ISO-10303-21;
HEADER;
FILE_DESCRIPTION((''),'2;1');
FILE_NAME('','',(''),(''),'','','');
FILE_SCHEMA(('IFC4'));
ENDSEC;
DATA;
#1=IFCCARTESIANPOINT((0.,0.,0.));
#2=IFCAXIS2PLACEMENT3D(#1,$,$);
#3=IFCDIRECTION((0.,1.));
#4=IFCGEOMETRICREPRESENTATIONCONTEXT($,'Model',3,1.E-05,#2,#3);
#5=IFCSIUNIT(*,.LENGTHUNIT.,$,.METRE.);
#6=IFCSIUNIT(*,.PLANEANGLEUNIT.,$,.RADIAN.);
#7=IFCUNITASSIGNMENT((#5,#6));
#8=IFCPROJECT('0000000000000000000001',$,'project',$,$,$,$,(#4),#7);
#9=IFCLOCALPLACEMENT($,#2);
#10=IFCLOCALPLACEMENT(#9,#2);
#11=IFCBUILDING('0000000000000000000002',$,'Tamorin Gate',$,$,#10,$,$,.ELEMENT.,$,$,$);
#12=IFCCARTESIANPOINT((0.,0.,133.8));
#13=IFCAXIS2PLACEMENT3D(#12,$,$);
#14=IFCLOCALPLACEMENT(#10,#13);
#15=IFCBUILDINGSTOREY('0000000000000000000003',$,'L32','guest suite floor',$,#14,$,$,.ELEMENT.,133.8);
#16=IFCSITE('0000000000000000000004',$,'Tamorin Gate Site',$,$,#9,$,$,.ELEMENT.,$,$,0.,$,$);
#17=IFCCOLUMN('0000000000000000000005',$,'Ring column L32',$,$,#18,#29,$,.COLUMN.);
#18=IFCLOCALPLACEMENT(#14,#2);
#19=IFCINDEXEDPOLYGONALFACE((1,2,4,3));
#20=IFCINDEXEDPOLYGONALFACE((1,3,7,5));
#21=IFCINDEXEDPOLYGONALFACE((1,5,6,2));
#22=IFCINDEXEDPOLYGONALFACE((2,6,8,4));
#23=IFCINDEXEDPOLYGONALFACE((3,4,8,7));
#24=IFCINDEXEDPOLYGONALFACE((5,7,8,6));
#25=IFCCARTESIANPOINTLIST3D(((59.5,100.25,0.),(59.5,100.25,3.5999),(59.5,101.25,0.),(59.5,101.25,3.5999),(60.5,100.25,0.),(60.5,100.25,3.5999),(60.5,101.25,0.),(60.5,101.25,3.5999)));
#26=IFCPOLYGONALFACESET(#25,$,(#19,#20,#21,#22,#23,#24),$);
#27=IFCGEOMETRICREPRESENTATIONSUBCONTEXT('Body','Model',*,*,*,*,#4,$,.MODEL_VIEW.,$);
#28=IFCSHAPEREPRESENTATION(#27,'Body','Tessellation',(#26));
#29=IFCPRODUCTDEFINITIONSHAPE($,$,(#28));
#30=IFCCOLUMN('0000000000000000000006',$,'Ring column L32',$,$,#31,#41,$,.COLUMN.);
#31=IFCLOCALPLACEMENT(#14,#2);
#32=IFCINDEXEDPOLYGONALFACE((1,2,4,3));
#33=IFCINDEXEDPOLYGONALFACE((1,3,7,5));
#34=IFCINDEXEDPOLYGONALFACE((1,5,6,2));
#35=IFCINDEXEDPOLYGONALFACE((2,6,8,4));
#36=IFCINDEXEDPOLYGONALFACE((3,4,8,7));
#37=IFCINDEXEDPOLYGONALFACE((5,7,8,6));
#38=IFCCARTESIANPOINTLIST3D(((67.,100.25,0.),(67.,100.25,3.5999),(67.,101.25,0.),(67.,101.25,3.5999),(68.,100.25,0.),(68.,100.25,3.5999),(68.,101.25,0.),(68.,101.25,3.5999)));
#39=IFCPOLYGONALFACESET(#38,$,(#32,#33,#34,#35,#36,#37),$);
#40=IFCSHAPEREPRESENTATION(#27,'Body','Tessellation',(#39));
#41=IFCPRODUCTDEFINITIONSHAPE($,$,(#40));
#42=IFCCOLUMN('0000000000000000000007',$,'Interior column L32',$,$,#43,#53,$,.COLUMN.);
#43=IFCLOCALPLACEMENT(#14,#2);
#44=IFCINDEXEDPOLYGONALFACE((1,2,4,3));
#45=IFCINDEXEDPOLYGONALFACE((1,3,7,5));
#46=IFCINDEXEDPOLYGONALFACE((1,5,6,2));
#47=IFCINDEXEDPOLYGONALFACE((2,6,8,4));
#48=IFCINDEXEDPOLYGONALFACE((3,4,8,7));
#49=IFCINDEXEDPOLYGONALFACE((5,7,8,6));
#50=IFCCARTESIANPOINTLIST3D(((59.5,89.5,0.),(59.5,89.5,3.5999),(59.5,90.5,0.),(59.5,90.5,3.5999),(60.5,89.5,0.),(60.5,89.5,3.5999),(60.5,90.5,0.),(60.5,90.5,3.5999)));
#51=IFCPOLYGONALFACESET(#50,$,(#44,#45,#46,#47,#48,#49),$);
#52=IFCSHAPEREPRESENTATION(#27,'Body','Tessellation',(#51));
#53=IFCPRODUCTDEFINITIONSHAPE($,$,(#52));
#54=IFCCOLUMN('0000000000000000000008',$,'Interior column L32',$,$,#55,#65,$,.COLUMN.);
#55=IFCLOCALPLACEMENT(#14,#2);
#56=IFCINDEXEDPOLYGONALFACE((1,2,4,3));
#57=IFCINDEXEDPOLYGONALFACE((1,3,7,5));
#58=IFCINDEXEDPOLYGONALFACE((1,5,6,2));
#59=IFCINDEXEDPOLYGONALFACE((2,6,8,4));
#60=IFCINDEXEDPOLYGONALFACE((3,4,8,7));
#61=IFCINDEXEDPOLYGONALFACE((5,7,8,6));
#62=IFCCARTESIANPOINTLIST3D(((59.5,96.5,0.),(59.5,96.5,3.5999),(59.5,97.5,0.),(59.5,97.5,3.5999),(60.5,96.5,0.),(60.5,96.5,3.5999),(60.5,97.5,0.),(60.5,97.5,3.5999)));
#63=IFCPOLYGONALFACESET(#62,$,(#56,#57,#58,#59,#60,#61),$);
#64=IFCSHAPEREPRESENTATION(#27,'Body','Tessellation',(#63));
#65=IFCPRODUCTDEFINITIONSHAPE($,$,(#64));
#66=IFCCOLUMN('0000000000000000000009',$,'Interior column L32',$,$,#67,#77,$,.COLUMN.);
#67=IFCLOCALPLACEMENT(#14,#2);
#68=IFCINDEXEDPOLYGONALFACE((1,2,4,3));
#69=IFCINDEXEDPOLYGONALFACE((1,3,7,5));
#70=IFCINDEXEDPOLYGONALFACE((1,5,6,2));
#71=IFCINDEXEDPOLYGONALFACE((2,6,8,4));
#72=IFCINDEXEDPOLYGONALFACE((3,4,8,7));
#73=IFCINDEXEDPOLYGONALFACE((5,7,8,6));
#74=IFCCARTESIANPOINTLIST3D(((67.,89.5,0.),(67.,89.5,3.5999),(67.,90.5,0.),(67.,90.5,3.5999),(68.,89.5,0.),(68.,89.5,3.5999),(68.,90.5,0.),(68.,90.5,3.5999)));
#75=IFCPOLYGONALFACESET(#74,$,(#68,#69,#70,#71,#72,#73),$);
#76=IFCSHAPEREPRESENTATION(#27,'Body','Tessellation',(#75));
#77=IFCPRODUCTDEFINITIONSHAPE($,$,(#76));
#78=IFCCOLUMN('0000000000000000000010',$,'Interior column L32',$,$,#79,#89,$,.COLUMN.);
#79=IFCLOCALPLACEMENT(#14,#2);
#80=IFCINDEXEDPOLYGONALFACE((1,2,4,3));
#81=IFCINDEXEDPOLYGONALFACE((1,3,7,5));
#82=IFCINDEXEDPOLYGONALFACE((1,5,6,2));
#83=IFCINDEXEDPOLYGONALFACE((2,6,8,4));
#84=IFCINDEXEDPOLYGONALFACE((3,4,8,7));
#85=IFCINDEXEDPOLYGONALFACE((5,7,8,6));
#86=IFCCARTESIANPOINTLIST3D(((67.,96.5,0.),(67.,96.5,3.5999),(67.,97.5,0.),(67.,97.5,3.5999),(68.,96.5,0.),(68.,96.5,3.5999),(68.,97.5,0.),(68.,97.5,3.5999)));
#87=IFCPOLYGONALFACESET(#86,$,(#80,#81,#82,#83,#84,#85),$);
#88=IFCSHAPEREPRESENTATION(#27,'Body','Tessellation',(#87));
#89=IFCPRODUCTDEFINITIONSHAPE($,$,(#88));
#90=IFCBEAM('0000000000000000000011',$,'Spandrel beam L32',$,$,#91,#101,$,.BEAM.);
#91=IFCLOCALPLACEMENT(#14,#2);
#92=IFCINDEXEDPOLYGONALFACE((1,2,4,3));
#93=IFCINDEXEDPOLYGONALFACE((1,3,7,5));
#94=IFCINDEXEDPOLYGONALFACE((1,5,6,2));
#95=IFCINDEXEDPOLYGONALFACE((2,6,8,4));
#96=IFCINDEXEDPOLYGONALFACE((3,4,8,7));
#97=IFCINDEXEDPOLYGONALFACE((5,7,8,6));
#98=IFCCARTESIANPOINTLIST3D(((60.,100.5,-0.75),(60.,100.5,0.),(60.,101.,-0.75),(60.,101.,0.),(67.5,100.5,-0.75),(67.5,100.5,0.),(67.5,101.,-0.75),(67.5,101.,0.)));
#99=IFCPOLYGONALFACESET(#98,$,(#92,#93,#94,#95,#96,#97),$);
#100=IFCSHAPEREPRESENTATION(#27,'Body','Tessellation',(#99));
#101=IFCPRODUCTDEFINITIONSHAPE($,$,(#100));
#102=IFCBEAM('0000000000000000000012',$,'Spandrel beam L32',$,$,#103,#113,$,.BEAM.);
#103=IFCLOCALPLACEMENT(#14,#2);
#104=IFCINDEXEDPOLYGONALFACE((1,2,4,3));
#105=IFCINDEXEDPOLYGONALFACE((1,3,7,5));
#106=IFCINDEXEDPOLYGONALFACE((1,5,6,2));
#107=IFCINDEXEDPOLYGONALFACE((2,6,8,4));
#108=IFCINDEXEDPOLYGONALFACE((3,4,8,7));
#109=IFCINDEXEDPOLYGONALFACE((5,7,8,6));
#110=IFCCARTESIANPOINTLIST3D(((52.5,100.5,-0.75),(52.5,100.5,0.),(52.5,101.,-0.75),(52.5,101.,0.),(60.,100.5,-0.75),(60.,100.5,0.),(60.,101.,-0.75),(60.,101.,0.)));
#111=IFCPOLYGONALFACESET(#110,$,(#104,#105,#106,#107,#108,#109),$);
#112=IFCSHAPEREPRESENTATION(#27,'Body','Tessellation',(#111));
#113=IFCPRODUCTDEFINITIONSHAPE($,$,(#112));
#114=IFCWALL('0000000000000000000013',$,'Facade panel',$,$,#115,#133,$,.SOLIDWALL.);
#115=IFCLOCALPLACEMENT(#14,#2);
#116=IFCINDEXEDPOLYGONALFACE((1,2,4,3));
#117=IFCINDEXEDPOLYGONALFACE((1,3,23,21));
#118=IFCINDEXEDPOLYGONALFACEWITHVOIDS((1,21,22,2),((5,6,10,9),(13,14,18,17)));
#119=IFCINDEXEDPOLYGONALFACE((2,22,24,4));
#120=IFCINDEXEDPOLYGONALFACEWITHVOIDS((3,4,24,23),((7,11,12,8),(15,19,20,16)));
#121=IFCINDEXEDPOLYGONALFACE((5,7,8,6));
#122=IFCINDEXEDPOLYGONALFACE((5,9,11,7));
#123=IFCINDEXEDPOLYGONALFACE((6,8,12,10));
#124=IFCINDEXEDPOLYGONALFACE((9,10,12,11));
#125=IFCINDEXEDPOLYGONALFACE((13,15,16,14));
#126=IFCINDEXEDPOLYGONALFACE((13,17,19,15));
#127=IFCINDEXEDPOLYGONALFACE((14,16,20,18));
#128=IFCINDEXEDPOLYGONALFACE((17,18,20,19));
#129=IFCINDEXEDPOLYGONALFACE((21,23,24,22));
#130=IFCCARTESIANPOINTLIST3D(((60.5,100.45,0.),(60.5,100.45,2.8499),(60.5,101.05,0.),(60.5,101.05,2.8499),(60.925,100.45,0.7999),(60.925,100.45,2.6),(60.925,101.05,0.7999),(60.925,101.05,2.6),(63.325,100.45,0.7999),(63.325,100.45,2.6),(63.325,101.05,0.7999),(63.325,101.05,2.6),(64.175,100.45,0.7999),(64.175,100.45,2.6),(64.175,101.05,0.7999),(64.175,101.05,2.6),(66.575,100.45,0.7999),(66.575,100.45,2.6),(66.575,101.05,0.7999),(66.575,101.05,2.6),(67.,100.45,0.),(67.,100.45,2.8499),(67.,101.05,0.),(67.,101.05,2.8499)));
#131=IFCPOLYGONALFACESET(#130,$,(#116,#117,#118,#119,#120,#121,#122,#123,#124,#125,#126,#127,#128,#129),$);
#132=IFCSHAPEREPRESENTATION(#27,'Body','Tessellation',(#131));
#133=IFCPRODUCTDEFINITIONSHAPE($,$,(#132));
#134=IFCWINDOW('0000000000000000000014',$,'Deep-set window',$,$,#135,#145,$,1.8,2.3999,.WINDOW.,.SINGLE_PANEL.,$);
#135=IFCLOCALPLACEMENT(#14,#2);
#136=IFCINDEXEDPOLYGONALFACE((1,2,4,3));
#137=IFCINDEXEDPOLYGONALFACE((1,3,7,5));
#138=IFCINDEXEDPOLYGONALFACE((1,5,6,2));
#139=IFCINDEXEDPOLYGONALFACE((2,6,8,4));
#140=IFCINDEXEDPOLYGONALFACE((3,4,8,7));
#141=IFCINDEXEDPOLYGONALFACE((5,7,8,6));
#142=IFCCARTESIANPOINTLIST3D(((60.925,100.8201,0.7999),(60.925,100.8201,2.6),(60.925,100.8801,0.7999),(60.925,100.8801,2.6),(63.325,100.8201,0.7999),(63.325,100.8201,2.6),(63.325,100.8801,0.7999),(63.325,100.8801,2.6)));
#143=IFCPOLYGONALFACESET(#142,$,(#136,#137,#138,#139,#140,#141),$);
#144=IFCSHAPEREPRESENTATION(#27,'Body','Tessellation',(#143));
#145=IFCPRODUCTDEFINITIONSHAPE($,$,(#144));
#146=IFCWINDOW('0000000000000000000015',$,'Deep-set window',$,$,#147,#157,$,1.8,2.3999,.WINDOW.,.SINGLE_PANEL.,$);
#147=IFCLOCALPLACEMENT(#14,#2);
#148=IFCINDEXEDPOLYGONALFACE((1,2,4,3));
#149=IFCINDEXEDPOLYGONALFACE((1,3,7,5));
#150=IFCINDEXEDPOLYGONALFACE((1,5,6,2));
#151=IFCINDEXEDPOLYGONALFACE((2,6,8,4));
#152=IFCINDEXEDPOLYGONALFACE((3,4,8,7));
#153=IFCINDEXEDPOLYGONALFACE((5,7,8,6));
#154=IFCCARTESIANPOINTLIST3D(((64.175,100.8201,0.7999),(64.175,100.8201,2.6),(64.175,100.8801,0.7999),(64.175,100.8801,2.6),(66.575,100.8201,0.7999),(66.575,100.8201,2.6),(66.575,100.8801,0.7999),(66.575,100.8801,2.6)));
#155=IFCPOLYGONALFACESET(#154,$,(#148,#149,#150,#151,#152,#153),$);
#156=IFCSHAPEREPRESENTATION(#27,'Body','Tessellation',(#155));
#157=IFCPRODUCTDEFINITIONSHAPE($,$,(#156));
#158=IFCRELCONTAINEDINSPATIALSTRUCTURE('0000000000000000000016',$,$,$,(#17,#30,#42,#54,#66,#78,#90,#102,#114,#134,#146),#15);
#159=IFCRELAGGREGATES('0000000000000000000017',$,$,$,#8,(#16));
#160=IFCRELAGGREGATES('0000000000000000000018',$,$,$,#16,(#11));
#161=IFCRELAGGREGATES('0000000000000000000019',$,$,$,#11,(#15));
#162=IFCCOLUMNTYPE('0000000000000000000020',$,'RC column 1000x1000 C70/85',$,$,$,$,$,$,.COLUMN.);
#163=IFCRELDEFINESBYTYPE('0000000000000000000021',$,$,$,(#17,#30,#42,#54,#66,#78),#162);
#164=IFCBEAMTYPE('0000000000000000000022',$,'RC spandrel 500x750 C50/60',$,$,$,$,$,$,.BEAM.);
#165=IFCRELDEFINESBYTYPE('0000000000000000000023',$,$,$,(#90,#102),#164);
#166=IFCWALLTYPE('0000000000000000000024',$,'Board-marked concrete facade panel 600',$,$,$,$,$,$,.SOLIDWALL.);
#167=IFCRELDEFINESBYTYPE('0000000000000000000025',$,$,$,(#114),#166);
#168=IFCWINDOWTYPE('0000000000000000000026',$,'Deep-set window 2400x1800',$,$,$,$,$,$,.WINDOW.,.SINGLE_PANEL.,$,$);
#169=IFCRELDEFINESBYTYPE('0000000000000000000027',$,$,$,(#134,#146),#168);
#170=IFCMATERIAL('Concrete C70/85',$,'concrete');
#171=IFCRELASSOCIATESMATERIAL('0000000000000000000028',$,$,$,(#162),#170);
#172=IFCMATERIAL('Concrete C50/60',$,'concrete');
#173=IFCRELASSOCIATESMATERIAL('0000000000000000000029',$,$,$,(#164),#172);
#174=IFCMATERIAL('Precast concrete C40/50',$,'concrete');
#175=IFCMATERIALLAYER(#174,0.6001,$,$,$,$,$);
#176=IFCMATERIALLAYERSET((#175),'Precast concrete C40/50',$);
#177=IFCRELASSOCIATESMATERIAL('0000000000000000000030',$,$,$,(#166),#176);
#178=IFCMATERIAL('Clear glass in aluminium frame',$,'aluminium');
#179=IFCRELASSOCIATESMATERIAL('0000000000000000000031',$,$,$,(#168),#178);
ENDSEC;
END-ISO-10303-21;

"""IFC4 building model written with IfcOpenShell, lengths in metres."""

from ifc_helpers import new_model, si_unit, direction, frame, frame_2d, origin, origin_2d, place, context, subcontext, project, spatial, rectangle, extrude, material, layer, layer_set, material_profile, profile_set, type_object, element, fill, save


model = new_model("IFC4")

# Units and contexts
model_context = context("Model", 3, precision=1e-05, world=origin(), true_north=direction((0.0, 1.0)))
body_context = subcontext(model_context, "Body", "Model", "MODEL_VIEW")
ifc_project = project(units=[si_unit("LENGTHUNIT", "METRE"), si_unit("PLANEANGLEUNIT", "RADIAN")], contexts=[model_context])

# Site, building, storey
site_placement = place(None, origin())
site = spatial("IfcSite", under=ifc_project, at=site_placement, Name="Tamorin Gate Site", CompositionType="ELEMENT", RefElevation=0.0)
building_placement = place(site_placement, origin())
building = spatial("IfcBuilding", under=site, at=building_placement, Name="Tamorin Gate", CompositionType="ELEMENT")
storey_placement = place(building_placement, frame((0.0, 0.0, 133.8)))
storey = spatial("IfcBuildingStorey", under=building, at=storey_placement, Name="L32", Description="guest suite floor", CompositionType="ELEMENT", Elevation=133.8)

# Columns
ifc_material_1 = material(Name="Concrete C70/85", Category="concrete")
ifc_material_profile_1 = material_profile(ifc_material_1, rectangle(XDim=1.0, YDim=1.0, at=origin_2d()), Name="RC 1000x1000")
ifc_profile_set_1 = profile_set([ifc_material_profile_1], Name="Concrete C70/85")
column_type = type_object("IfcColumnType", Name="RC column 1000x1000 C70/85", PredefinedType="COLUMN", material=ifc_profile_set_1)
for number, where, z_axis, x_axis, name in (
    (1, (60.0, 100.75, 0.0), (0.0, 0.0, 1.0), (1.0, 0.0, 0.0), "Ring column L32"),
    (2, (67.5, 100.75, 0.0), (0.0, 0.0, 1.0), (1.0, 0.0, 0.0), "Ring column L32"),
    (3, (60.0, 90.0, 0.0), (0.0, 0.0, 1.0), (1.0, 0.0, 0.0), "Interior column L32"),
    (4, (60.0, 97.0, 0.0), (0.0, 0.0, 1.0), (1.0, 0.0, 0.0), "Interior column L32"),
    (5, (67.5, 90.0, 0.0), (0.0, 0.0, 1.0), (1.0, 0.0, 0.0), "Interior column L32"),
    (6, (67.5, 97.0, 0.0), (0.0, 0.0, 1.0), (1.0, 0.0, 0.0), "Interior column L32"),
):
    element("IfcColumn", number, at=place(storey_placement, frame(where, z_axis=z_axis, x_axis=x_axis)), inside=storey, type_object=column_type, Name=name, PredefinedType="COLUMN", context=body_context, shape_type="SweptSolid", body=[
        extrude(rectangle(XDim=1.0, YDim=1.0, at=origin_2d()), origin(), (0.0, 0.0, 1.0), 3.5999),
    ])

# Beams
ifc_material_2 = material(Name="Concrete C50/60", Category="concrete")
ifc_material_profile_2 = material_profile(ifc_material_2, rectangle(XDim=0.5, YDim=0.75, at=origin_2d()), Name="RC 500x750")
ifc_profile_set_2 = profile_set([ifc_material_profile_2], Name="Concrete C50/60")
beam_type = type_object("IfcBeamType", Name="RC spandrel 500x750 C50/60", PredefinedType="BEAM", material=ifc_profile_set_2)
for number, where, z_axis, x_axis, name in (
    (7, (67.5, 100.75, -0.375), (-1.0, 0.0, 0.0), (0.0, -1.0, 0.0), "Spandrel beam L32"),
    (8, (60.0, 100.75, -0.375), (-1.0, 0.0, 0.0), (0.0, -1.0, 0.0), "Spandrel beam L32"),
):
    element("IfcBeam", number, at=place(storey_placement, frame(where, z_axis=z_axis, x_axis=x_axis)), inside=storey, type_object=beam_type, Name=name, PredefinedType="BEAM", context=body_context, shape_type="SweptSolid", body=[
        extrude(rectangle(XDim=0.5, YDim=0.75, at=origin_2d()), origin(), (0.0, 0.0, 1.0), 7.5),
    ])

# Wall, openings, windows
ifc_material_3 = material(Name="Precast concrete C40/50", Category="concrete")
ifc_layer_1 = layer(ifc_material_3, 0.6001)
ifc_layer_set_1 = layer_set([ifc_layer_1], Name="Precast concrete C40/50")
wall_type_1 = type_object("IfcWallType", Name="Board-marked concrete facade panel 600", PredefinedType="SOLIDWALL", material=ifc_layer_set_1)
wall_1_placement = place(storey_placement, frame((67.0, 100.75, 0.0), z_axis=(0.0, 0.0, 1.0), x_axis=(-1.0, 0.0, 0.0)))
wall_1 = element("IfcWall", 9, at=wall_1_placement, inside=storey, type_object=wall_type_1, Name="Facade panel", PredefinedType="SOLIDWALL", context=body_context, shape_type="SweptSolid", body=[
    extrude(rectangle(XDim=6.5, YDim=0.6001, at=frame_2d((3.25, 0.0))), origin(), (0.0, 0.0, 1.0), 2.8499),
])
opening_1_placement = place(wall_1_placement, frame((3.675, 0.0, 0.8)))
opening_1 = element("IfcOpeningElement", 10, at=opening_1_placement, cuts=wall_1, PredefinedType="OPENING", context=body_context, shape_type="SweptSolid", body=[
    extrude(rectangle(XDim=2.3999, YDim=1.8, at=frame_2d((1.2, 0.8999))), frame((0.0, 0.3101, 0.0), z_axis=(0.0, -1.0, 0.0), x_axis=(1.0, 0.0, 0.0)), (0.0, 0.0, 1.0), 0.6201),
])
opening_2_placement = place(wall_1_placement, frame((0.425, 0.0, 0.8)))
opening_2 = element("IfcOpeningElement", 11, at=opening_2_placement, cuts=wall_1, PredefinedType="OPENING", context=body_context, shape_type="SweptSolid", body=[
    extrude(rectangle(XDim=2.3999, YDim=1.8, at=frame_2d((1.2, 0.8999))), frame((0.0, 0.3101, 0.0), z_axis=(0.0, -1.0, 0.0), x_axis=(1.0, 0.0, 0.0)), (0.0, 0.0, 1.0), 0.6201),
])
ifc_material_4 = material(Name="Clear glass in aluminium frame", Category="aluminium")
window_type = type_object("IfcWindowType", Name="Deep-set window 2400x1800", PartitioningType="SINGLE_PANEL", PredefinedType="WINDOW", material=ifc_material_4)
window_1_placement = place(opening_1_placement, origin())
window_1 = element("IfcWindow", 12, at=window_1_placement, inside=storey, type_object=window_type, Name="Deep-set window", OverallHeight=1.8, OverallWidth=2.3999, PartitioningType="SINGLE_PANEL", PredefinedType="WINDOW", context=body_context, shape_type="SweptSolid", body=[
    extrude(rectangle(XDim=2.3999, YDim=1.8, at=frame_2d((1.2, 0.8999))), frame((0.0, -0.0701, 0.0), z_axis=(0.0, -1.0, 0.0), x_axis=(1.0, 0.0, 0.0)), (0.0, 0.0, 1.0), 0.0601),
])
fill(opening_1, window_1)
window_2_placement = place(opening_2_placement, origin())
window_2 = element("IfcWindow", 13, at=window_2_placement, inside=storey, type_object=window_type, Name="Deep-set window", OverallHeight=1.8, OverallWidth=2.3999, PartitioningType="SINGLE_PANEL", PredefinedType="WINDOW", context=body_context, shape_type="SweptSolid", body=[
    extrude(rectangle(XDim=2.3999, YDim=1.8, at=frame_2d((1.2, 0.8999))), frame((0.0, -0.0701, 0.0), z_axis=(0.0, -1.0, 0.0), x_axis=(1.0, 0.0, 0.0)), (0.0, 0.0, 1.0), 0.0601),
])
fill(opening_2, window_2)

save(model, "model.ifc")
